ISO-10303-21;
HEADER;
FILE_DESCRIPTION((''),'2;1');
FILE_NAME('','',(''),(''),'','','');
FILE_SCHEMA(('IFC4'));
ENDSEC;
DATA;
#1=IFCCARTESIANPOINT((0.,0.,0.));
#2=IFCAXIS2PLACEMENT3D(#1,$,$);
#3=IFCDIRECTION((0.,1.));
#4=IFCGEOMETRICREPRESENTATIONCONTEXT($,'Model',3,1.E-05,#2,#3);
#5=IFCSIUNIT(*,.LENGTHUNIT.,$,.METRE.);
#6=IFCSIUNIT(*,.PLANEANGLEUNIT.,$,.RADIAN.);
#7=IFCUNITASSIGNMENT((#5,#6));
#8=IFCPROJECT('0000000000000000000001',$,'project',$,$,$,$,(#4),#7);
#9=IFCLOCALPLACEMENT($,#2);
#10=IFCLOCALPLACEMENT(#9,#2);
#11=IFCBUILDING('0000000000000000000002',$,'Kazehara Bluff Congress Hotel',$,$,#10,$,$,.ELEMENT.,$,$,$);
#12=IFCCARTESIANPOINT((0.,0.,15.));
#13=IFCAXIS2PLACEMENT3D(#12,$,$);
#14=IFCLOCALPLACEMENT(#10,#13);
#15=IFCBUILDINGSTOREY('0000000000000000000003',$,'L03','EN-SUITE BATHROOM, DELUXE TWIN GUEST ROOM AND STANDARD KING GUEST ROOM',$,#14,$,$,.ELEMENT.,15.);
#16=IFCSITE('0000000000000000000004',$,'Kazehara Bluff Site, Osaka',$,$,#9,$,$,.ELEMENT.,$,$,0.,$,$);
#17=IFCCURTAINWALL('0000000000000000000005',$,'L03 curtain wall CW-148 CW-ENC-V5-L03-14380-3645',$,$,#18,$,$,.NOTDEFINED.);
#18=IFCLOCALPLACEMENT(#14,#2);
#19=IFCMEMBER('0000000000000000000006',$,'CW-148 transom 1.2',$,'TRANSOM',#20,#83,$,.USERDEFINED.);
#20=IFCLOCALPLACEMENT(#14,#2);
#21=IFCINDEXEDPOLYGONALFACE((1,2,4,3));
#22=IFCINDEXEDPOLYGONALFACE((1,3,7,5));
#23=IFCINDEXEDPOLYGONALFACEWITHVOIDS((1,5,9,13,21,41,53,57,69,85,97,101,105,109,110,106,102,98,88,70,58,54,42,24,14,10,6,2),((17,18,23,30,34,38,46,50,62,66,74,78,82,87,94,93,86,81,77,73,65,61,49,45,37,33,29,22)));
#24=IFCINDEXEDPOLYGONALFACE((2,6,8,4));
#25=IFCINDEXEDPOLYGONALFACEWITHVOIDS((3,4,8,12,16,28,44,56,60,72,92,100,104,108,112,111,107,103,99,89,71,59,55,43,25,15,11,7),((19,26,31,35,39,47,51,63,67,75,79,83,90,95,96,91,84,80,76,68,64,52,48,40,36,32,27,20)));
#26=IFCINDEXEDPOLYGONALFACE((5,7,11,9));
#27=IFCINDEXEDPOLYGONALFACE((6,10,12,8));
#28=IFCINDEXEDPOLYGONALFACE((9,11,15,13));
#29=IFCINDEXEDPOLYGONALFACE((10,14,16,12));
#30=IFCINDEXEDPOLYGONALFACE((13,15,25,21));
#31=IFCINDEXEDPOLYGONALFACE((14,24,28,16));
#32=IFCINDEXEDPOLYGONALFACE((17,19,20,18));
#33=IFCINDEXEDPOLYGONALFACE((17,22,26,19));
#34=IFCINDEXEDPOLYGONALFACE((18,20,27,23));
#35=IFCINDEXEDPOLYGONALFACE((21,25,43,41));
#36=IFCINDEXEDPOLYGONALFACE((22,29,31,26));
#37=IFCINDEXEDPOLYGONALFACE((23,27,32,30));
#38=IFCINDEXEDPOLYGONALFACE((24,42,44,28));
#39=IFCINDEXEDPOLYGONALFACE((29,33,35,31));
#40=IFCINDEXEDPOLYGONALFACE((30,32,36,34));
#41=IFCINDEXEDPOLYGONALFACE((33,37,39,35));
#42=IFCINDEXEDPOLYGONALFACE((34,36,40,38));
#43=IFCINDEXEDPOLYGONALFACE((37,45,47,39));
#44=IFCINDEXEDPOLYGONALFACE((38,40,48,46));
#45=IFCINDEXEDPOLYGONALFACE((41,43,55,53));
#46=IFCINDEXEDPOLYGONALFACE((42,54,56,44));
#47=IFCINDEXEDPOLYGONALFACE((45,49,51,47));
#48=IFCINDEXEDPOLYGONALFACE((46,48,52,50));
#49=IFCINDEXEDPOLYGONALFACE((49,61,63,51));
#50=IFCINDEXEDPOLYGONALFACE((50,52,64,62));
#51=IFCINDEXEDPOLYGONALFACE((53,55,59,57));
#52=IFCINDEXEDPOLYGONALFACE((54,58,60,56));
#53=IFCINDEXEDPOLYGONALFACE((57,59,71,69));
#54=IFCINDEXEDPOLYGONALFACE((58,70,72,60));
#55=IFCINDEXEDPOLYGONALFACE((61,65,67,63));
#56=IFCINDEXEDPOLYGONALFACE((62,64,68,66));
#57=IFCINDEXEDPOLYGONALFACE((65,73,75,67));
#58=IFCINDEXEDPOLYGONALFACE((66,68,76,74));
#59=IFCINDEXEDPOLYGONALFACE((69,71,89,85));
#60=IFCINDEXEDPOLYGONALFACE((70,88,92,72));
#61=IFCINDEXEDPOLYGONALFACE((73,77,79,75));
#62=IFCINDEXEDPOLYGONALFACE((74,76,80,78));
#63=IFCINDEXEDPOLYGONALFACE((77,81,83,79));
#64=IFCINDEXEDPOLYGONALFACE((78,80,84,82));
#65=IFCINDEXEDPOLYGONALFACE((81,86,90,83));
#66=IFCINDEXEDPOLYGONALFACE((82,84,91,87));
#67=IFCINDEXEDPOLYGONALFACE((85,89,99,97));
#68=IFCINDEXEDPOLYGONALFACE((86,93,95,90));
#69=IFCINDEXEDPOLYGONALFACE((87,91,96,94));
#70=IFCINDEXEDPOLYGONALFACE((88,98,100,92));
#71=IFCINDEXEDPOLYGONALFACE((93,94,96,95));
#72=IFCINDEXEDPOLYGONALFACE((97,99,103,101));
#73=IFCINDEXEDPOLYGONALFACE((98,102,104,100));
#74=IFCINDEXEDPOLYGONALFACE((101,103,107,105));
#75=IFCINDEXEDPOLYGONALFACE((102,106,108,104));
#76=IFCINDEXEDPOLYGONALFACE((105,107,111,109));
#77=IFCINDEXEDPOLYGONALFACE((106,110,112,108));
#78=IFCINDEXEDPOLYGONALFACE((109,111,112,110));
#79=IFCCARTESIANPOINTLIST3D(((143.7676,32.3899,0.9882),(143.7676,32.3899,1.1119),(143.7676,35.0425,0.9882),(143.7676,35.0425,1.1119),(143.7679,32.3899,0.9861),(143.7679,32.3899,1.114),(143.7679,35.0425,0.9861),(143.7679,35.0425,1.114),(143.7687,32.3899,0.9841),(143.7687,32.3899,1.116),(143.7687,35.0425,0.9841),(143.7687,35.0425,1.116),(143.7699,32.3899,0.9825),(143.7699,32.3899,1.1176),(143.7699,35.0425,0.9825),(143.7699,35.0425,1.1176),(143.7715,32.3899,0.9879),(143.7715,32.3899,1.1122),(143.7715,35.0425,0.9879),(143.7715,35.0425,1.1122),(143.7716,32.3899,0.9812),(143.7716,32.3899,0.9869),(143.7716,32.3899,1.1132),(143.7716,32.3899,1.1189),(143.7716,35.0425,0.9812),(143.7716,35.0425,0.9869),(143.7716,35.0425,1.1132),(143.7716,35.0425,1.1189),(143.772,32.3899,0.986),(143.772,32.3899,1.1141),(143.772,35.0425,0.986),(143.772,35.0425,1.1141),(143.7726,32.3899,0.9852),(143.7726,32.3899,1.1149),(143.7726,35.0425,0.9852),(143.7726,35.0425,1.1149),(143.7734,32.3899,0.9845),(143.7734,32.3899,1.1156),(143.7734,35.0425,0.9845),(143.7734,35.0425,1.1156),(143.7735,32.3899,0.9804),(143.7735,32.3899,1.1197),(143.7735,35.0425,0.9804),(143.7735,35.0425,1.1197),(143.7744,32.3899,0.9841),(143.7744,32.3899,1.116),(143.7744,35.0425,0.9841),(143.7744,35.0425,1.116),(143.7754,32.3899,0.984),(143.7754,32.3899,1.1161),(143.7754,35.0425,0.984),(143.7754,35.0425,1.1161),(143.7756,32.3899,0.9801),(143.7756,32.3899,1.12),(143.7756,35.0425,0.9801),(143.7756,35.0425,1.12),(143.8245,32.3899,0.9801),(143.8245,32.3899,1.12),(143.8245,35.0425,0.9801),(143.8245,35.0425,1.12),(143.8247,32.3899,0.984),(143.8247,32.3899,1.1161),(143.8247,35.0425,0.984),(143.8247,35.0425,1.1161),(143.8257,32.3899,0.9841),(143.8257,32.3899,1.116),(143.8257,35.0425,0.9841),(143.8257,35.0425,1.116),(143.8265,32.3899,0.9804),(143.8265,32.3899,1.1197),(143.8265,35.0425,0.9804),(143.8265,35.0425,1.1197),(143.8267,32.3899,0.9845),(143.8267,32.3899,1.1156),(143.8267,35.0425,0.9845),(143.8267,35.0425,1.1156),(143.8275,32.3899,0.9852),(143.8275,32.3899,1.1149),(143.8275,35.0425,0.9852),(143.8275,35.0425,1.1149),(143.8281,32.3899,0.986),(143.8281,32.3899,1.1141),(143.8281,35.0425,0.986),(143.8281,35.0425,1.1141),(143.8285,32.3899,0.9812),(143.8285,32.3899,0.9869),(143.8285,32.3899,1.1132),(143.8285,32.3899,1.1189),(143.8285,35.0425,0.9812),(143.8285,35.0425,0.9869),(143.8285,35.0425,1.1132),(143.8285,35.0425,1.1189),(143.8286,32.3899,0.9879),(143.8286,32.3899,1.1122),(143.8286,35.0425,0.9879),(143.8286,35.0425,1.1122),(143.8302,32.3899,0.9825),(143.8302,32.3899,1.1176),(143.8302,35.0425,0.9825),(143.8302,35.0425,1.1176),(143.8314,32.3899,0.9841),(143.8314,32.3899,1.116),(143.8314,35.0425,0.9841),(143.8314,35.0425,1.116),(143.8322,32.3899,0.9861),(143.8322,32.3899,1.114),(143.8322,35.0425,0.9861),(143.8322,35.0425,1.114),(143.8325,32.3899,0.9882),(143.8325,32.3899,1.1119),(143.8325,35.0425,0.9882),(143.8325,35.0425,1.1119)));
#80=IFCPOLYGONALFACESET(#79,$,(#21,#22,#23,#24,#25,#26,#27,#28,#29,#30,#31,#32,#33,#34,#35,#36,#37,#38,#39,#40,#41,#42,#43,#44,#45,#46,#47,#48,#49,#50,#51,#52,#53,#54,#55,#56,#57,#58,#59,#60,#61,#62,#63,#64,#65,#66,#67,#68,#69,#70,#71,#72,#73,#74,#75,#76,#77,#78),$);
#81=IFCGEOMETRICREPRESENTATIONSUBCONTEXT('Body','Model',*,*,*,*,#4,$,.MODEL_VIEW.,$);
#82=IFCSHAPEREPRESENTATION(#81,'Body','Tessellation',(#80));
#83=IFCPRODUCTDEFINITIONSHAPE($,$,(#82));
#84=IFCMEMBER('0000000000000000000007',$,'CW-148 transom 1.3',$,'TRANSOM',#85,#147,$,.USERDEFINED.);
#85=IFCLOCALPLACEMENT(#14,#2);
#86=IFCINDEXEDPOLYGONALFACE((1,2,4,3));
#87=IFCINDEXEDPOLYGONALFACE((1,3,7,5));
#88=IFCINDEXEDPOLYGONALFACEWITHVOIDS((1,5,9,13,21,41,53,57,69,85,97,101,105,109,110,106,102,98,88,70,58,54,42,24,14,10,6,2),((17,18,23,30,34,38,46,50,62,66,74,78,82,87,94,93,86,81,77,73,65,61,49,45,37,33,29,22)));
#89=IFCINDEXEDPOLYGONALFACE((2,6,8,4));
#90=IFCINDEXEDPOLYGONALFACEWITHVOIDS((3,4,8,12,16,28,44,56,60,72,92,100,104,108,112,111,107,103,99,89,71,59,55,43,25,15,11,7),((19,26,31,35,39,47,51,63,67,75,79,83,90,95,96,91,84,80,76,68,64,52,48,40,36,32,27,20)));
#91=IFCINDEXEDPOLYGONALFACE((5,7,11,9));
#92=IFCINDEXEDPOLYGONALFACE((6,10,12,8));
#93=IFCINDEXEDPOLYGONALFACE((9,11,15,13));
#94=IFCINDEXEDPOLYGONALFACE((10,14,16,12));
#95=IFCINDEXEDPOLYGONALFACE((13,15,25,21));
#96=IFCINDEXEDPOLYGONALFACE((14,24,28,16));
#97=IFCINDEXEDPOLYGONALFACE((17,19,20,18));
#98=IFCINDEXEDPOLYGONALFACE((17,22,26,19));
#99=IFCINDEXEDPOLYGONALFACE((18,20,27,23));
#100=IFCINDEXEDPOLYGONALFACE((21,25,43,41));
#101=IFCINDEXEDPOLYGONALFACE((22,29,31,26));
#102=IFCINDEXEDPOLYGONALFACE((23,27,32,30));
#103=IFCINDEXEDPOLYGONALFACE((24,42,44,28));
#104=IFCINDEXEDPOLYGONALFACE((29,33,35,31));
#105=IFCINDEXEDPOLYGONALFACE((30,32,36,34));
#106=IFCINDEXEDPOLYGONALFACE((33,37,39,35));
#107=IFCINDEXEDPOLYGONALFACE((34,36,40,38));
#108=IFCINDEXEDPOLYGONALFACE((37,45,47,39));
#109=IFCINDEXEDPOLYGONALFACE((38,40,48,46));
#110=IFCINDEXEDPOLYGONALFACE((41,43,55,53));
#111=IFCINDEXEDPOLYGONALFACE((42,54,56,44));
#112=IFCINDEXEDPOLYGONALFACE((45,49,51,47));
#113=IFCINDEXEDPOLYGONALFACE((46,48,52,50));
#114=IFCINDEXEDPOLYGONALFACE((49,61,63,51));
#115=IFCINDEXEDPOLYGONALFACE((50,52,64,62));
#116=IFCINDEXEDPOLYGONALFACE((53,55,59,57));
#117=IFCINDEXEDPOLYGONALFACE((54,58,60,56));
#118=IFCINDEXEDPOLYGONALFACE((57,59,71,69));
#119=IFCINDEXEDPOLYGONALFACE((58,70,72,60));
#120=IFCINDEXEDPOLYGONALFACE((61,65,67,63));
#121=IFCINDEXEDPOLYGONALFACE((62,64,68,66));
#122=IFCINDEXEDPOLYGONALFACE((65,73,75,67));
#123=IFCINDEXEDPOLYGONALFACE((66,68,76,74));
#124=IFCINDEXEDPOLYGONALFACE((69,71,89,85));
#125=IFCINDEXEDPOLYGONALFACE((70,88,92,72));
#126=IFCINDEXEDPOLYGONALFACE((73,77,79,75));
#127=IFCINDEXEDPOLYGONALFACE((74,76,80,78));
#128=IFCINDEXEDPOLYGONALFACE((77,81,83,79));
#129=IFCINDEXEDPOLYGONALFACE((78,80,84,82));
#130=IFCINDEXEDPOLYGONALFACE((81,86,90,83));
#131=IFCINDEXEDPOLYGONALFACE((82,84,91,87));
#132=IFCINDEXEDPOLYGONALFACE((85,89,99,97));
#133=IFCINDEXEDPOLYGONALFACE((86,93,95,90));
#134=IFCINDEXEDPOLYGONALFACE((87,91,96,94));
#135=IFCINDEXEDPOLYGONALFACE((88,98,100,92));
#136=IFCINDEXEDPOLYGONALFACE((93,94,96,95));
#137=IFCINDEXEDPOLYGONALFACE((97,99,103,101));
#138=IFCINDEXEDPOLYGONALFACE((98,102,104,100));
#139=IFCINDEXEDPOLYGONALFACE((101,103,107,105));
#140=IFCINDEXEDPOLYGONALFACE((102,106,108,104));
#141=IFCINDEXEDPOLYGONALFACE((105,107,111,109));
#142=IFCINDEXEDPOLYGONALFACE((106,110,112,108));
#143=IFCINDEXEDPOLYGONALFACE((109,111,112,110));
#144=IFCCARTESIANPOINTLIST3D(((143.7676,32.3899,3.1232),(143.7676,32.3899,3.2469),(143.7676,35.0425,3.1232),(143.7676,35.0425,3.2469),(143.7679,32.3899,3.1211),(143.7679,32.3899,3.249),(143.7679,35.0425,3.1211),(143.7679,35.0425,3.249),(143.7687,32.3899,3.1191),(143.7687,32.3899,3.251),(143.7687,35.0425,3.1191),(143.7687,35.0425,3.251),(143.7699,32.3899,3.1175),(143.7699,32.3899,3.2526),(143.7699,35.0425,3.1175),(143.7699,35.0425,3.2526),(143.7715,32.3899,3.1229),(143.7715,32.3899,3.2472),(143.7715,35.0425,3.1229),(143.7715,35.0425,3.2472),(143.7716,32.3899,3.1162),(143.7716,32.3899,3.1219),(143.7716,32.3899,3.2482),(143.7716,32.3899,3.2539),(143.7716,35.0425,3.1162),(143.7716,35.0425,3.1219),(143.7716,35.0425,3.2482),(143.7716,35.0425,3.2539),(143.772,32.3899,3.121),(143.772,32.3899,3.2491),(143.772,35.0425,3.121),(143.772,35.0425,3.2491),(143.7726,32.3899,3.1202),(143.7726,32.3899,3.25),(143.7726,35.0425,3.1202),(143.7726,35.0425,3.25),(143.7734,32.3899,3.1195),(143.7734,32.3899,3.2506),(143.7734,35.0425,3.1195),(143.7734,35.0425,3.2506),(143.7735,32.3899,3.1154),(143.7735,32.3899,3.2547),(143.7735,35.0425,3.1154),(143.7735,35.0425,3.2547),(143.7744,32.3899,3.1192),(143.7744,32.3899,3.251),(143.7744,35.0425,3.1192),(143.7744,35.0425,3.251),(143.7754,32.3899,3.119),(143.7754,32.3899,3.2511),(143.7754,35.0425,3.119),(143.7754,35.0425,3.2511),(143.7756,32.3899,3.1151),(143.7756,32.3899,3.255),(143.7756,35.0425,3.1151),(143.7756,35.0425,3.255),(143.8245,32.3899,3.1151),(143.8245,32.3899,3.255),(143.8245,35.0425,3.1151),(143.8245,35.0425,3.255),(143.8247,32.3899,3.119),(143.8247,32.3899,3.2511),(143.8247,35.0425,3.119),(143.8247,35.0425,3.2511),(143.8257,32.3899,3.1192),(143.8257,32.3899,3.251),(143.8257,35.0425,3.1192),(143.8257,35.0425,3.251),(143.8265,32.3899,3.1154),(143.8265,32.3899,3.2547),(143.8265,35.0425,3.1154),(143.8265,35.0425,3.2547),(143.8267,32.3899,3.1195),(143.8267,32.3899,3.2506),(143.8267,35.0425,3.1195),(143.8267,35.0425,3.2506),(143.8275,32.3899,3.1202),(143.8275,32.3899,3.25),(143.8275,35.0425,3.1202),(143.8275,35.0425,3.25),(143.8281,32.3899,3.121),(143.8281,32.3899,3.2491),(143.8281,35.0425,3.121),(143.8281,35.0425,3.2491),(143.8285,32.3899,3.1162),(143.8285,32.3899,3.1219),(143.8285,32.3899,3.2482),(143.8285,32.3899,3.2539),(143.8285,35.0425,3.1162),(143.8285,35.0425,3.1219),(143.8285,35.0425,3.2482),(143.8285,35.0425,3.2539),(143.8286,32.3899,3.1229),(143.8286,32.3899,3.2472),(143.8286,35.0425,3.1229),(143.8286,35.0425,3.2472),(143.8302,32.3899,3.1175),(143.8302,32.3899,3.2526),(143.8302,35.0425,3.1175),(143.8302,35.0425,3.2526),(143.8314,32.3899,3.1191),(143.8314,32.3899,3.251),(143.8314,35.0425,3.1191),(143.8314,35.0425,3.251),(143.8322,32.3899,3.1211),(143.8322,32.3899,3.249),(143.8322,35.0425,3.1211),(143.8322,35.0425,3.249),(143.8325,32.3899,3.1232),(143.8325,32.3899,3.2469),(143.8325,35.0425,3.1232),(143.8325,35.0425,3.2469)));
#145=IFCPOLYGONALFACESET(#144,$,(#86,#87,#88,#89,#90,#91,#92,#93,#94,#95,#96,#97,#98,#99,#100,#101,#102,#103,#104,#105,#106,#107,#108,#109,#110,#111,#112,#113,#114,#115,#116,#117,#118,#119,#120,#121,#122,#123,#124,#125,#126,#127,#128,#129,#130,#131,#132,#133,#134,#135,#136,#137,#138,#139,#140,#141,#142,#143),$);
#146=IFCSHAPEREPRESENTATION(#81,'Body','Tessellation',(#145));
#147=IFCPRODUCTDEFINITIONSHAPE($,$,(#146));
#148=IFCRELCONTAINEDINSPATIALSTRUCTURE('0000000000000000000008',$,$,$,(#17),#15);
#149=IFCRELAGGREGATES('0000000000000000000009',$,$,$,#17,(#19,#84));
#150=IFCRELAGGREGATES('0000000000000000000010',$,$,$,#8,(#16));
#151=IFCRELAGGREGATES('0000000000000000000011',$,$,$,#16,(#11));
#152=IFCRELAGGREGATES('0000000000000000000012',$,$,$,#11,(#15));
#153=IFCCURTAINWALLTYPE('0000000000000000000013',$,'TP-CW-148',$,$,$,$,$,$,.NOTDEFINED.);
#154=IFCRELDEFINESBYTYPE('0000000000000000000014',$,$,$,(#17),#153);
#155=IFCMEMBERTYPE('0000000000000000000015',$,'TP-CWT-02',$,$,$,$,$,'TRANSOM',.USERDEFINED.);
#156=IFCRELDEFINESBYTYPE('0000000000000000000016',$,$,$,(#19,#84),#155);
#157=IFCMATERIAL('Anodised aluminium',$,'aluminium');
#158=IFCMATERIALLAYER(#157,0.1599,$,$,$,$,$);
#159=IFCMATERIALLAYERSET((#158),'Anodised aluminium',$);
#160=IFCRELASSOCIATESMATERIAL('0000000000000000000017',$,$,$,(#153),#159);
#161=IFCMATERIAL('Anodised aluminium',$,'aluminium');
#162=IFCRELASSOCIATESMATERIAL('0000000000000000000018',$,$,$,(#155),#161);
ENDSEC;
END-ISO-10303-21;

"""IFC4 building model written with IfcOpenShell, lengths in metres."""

from ifc_helpers import new_model, si_unit, direction, frame, origin, origin_2d, place, context, subcontext, project, spatial, hollow_rectangle, extrude, material, layer, layer_set, material_profile, profile_set, type_object, element, aggregate, save


model = new_model("IFC4")

# Units and contexts
model_context = context("Model", 3, precision=1e-05, world=origin(), true_north=direction((0.0, 1.0)))
body_context = subcontext(model_context, "Body", "Model", "MODEL_VIEW")
ifc_project = project(units=[si_unit("LENGTHUNIT", "METRE"), si_unit("PLANEANGLEUNIT", "RADIAN")], contexts=[model_context])

# Site, building, storey
site_placement = place(None, origin())
site = spatial("IfcSite", under=ifc_project, at=site_placement, Name="Kazehara Bluff Site, Osaka", CompositionType="ELEMENT", RefElevation=0.0)
building_placement = place(site_placement, origin())
building = spatial("IfcBuilding", under=site, at=building_placement, Name="Kazehara Bluff Congress Hotel", CompositionType="ELEMENT")
storey_placement = place(building_placement, frame((0.0, 0.0, 15.0)))
storey = spatial("IfcBuildingStorey", under=building, at=storey_placement, Name="L03", Description="EN-SUITE BATHROOM, DELUXE TWIN GUEST ROOM AND STANDARD KING GUEST ROOM", CompositionType="ELEMENT", Elevation=15.0)

# Curtain wall, members
ifc_material_1 = material(Name="Anodised aluminium", Category="aluminium")
ifc_layer_1 = layer(ifc_material_1, 0.1599)
ifc_layer_set_1 = layer_set([ifc_layer_1], Name="Anodised aluminium")
curtain_wall_type = type_object("IfcCurtainWallType", Name="TP-CW-148", PredefinedType="NOTDEFINED", material=ifc_layer_set_1)
curtain_wall_placement = place(storey_placement, origin())
curtain_wall = element("IfcCurtainWall", 1, at=curtain_wall_placement, inside=storey, type_object=curtain_wall_type, Name="L03 curtain wall CW-148 CW-ENC-V5-L03-14380-3645", PredefinedType="NOTDEFINED")
ifc_material_2 = material(Name="Anodised aluminium", Category="aluminium")
ifc_material_profile_1 = material_profile(ifc_material_2, hollow_rectangle(XDim=0.0649, YDim=0.1399, WallThickness=0.0039, InnerFilletRadius=0.0039, OuterFilletRadius=0.0081, at=origin_2d()))
ifc_profile_set_1 = profile_set([ifc_material_profile_1], Name="Anodised aluminium")
member_type_1 = type_object("IfcMemberType", Name="TP-CWT-02", ElementType="TRANSOM", PredefinedType="USERDEFINED", material=ifc_profile_set_1)
member_1_placement = place(storey_placement, frame((143.8, 32.3899, 1.05), z_axis=(0.0, 1.0, 0.0), x_axis=(-1.0, 0.0, 0.0)))
member_1 = element("IfcMember", 2, at=member_1_placement, type_object=member_type_1, Name="CW-148 transom 1.2", ObjectType="TRANSOM", PredefinedType="USERDEFINED", context=body_context, shape_type="SweptSolid", body=[
    extrude(hollow_rectangle(XDim=0.0649, YDim=0.1399, WallThickness=0.0039, InnerFilletRadius=0.0039, OuterFilletRadius=0.0081, at=origin_2d()), origin(), (0.0, 0.0, 1.0), 2.6526),
])
member_2_placement = place(storey_placement, frame((143.8, 32.3899, 3.1851), z_axis=(0.0, 1.0, 0.0), x_axis=(-1.0, 0.0, 0.0)))
member_2 = element("IfcMember", 3, at=member_2_placement, type_object=member_type_1, Name="CW-148 transom 1.3", ObjectType="TRANSOM", PredefinedType="USERDEFINED", context=body_context, shape_type="SweptSolid", body=[
    extrude(hollow_rectangle(XDim=0.0649, YDim=0.1399, WallThickness=0.0039, InnerFilletRadius=0.0039, OuterFilletRadius=0.0081, at=origin_2d()), origin(), (0.0, 0.0, 1.0), 2.6526),
])

aggregate(curtain_wall, [member_1, member_2])

save(model, "model.ifc")
